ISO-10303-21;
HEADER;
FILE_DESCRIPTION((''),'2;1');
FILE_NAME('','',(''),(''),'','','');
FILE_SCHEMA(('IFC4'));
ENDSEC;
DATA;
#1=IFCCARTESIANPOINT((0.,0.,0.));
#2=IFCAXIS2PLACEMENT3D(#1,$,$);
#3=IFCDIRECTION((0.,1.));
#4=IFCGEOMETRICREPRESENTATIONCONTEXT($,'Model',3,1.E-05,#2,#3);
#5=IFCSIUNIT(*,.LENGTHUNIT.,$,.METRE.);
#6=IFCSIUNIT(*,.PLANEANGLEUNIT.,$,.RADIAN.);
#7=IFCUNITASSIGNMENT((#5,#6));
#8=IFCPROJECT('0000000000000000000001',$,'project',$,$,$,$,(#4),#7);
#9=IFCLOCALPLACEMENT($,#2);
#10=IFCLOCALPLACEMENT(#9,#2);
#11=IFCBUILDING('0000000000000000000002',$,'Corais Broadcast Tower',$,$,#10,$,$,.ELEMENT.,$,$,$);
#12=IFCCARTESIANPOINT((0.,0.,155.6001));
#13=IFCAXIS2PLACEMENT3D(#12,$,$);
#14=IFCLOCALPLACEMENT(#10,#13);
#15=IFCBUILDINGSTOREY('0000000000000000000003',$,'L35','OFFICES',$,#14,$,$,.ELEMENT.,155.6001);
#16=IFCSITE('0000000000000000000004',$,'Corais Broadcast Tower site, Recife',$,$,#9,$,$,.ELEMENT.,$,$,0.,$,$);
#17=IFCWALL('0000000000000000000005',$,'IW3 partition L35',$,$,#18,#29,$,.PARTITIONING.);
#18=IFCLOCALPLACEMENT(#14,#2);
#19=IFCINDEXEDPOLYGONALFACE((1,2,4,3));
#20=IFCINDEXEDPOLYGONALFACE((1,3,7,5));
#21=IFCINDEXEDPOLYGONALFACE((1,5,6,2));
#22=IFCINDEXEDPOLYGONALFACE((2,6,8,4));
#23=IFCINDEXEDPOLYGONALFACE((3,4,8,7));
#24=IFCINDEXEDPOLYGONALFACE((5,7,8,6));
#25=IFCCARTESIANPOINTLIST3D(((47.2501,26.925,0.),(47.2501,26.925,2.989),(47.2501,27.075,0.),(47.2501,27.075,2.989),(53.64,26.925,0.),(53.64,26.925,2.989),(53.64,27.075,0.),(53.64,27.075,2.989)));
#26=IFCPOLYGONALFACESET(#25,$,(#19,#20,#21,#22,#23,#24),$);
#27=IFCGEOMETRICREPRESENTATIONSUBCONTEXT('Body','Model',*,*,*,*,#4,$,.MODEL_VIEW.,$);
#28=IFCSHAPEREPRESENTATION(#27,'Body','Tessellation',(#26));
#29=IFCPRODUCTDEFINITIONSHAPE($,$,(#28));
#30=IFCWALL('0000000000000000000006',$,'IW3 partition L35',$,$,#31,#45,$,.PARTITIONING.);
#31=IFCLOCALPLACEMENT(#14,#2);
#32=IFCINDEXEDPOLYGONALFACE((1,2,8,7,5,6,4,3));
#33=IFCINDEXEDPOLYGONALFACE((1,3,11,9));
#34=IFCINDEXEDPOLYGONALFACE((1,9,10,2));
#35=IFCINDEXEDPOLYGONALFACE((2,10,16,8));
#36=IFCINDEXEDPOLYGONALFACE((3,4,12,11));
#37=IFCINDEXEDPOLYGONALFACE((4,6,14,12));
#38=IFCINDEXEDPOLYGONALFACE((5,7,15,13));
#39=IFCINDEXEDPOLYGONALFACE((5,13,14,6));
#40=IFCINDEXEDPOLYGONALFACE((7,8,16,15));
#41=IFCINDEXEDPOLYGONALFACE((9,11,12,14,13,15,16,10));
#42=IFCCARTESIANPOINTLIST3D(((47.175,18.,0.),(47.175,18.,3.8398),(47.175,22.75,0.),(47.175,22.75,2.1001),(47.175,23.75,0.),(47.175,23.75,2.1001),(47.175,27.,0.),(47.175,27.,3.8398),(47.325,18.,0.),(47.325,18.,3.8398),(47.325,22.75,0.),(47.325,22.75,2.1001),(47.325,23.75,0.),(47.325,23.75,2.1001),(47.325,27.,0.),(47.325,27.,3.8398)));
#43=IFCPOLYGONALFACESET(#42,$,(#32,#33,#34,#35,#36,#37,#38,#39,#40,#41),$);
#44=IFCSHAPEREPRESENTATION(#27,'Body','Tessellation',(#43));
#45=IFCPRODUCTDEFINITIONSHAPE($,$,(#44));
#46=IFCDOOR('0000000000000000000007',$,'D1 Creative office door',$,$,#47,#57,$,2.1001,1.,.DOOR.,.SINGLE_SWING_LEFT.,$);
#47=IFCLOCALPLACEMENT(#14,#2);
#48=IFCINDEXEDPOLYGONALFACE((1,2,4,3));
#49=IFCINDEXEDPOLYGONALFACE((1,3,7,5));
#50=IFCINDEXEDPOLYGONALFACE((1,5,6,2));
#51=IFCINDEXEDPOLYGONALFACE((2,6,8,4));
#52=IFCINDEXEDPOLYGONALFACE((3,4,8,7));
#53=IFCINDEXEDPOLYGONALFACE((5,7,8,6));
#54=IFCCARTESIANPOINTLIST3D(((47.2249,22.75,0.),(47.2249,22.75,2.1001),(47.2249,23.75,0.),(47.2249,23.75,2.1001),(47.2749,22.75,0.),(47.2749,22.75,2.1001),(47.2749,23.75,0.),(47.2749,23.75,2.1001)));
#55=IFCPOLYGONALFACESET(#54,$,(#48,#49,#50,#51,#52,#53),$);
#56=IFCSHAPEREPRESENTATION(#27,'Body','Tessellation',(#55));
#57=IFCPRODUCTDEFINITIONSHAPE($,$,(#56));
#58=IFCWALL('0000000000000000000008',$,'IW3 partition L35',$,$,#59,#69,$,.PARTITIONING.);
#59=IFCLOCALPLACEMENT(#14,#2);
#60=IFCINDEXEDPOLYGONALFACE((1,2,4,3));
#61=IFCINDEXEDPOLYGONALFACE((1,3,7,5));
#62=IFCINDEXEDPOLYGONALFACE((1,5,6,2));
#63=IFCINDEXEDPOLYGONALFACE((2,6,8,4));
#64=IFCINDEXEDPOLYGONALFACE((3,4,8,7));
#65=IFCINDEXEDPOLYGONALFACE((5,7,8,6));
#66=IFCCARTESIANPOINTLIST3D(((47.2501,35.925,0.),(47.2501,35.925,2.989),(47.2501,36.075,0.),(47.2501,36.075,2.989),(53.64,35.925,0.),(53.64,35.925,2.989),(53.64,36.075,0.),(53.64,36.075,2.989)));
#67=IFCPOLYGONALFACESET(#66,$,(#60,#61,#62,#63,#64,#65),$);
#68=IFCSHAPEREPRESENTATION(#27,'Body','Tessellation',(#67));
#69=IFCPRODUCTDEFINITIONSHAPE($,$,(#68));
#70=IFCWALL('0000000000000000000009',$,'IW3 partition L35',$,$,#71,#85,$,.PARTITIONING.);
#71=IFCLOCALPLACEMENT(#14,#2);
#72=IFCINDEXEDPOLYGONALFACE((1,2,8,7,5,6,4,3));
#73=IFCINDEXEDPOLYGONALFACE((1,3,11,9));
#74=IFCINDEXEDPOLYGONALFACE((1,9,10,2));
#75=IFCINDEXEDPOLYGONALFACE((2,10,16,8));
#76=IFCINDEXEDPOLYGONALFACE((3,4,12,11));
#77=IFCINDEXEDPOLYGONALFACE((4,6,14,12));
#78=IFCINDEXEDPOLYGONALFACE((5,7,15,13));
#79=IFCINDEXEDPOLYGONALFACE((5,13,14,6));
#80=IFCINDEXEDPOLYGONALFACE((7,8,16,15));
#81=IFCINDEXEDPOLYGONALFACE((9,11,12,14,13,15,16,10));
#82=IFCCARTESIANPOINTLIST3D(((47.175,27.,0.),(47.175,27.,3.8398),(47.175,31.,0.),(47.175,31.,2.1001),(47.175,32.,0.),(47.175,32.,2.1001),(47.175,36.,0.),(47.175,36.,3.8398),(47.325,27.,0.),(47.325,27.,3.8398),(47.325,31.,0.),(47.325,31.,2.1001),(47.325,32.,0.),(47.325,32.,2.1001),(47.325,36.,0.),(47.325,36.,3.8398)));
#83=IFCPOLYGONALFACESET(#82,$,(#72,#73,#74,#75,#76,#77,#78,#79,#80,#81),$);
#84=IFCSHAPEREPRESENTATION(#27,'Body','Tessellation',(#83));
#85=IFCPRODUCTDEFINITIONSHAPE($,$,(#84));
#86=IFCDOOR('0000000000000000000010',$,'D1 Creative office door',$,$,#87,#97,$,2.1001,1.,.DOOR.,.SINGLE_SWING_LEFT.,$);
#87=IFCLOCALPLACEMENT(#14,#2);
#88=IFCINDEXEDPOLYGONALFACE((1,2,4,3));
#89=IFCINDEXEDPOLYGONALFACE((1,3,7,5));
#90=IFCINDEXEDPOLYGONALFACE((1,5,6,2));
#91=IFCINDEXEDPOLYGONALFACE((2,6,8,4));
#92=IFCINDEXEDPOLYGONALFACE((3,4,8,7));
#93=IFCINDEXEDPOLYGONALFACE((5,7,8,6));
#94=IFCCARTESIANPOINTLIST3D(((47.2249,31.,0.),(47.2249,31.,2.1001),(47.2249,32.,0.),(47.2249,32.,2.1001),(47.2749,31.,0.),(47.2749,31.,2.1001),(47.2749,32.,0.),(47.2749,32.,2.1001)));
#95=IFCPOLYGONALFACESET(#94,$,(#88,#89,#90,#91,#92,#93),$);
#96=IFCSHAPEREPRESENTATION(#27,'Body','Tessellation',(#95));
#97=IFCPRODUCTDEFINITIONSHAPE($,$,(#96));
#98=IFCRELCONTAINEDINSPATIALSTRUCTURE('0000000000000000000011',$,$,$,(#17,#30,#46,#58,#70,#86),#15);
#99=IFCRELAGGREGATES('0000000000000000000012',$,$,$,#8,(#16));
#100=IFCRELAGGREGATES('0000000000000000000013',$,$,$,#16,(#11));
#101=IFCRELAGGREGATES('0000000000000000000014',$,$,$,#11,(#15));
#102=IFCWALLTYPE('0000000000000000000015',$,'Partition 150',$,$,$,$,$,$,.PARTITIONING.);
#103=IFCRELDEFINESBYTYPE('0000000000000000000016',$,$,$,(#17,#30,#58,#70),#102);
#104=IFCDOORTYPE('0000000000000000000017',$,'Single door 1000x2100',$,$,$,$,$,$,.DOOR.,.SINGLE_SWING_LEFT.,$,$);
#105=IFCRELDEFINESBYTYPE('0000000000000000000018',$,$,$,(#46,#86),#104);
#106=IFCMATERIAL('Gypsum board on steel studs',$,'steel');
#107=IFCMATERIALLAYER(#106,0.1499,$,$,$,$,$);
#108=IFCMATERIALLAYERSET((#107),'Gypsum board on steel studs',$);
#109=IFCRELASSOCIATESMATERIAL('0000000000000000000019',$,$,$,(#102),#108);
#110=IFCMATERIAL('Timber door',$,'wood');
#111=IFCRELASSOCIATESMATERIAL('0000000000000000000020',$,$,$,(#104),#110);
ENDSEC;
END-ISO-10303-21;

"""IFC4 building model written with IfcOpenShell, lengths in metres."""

from ifc_helpers import new_model, si_unit, direction, frame, frame_2d, origin, place, context, subcontext, project, spatial, rectangle, extrude, material, layer, layer_set, type_object, element, fill, save


model = new_model("IFC4")

# Units and contexts
model_context = context("Model", 3, precision=1e-05, world=origin(), true_north=direction((0.0, 1.0)))
body_context = subcontext(model_context, "Body", "Model", "MODEL_VIEW")
ifc_project = project(units=[si_unit("LENGTHUNIT", "METRE"), si_unit("PLANEANGLEUNIT", "RADIAN")], contexts=[model_context])

# Site, building, storey
site_placement = place(None, origin())
site = spatial("IfcSite", under=ifc_project, at=site_placement, Name="Corais Broadcast Tower site, Recife", CompositionType="ELEMENT", RefElevation=0.0)
building_placement = place(site_placement, origin())
building = spatial("IfcBuilding", under=site, at=building_placement, Name="Corais Broadcast Tower", CompositionType="ELEMENT")
storey_placement = place(building_placement, frame((0.0, 0.0, 155.6001)))
storey = spatial("IfcBuildingStorey", under=building, at=storey_placement, Name="L35", Description="OFFICES", CompositionType="ELEMENT", Elevation=155.6001)

# Wall
ifc_material_1 = material(Name="Gypsum board on steel studs", Category="steel")
ifc_layer_1 = layer(ifc_material_1, 0.1499)
ifc_layer_set_1 = layer_set([ifc_layer_1], Name="Gypsum board on steel studs")
wall_type = type_object("IfcWallType", Name="Partition 150", PredefinedType="PARTITIONING", material=ifc_layer_set_1)
wall_1_placement = place(storey_placement, frame((53.6399, 27.0, 0.0), z_axis=(0.0, 0.0, 1.0), x_axis=(-1.0, 0.0, 0.0)))
element("IfcWall", 1, at=wall_1_placement, inside=storey, type_object=wall_type, Name="IW3 partition L35", PredefinedType="PARTITIONING", context=body_context, shape_type="SweptSolid", body=[
    extrude(rectangle(XDim=6.3899, YDim=0.1499, at=frame_2d((3.1948, 0.0))), origin(), (0.0, 0.0, 1.0), 2.989),
])

# Wall, opening, door
wall_2_placement = place(storey_placement, frame((47.25, 27.0, 0.0), z_axis=(0.0, 0.0, 1.0), x_axis=(0.0, -1.0, 0.0)))
wall_2 = element("IfcWall", 2, at=wall_2_placement, inside=storey, type_object=wall_type, Name="IW3 partition L35", PredefinedType="PARTITIONING", context=body_context, shape_type="SweptSolid", body=[
    extrude(rectangle(XDim=9.0, YDim=0.1499, at=frame_2d((4.5, 0.0))), origin(), (0.0, 0.0, 1.0), 3.8398),
])
opening_1_placement = place(wall_2_placement, frame((3.25, 0.0, 0.0)))
opening_1 = element("IfcOpeningElement", 3, at=opening_1_placement, cuts=wall_2, PredefinedType="OPENING", context=body_context, shape_type="SweptSolid", body=[
    extrude(rectangle(XDim=1.0, YDim=2.1001, at=frame_2d((0.5, 1.05))), frame((0.0, 0.085, 0.0), z_axis=(0.0, -1.0, 0.0), x_axis=(1.0, 0.0, 0.0)), (0.0, 0.0, 1.0), 0.1699),
])
ifc_material_2 = material(Name="Timber door", Category="wood")
door_type = type_object("IfcDoorType", Name="Single door 1000x2100", OperationType="SINGLE_SWING_LEFT", PredefinedType="DOOR", material=ifc_material_2)
door_1_placement = place(opening_1_placement, origin())
door_1 = element("IfcDoor", 4, at=door_1_placement, inside=storey, type_object=door_type, Name="D1 Creative office door", OperationType="SINGLE_SWING_LEFT", OverallHeight=2.1001, OverallWidth=1.0, PredefinedType="DOOR", context=body_context, shape_type="SweptSolid", body=[
    extrude(rectangle(XDim=1.0, YDim=2.1001, at=frame_2d((0.5, 1.05))), frame((0.0, 0.0249, 0.0), z_axis=(0.0, -1.0, 0.0), x_axis=(1.0, 0.0, 0.0)), (0.0, 0.0, 1.0), 0.05),
])
fill(opening_1, door_1)

# Wall
wall_3_placement = place(storey_placement, frame((53.6399, 36.0, 0.0), z_axis=(0.0, 0.0, 1.0), x_axis=(-1.0, 0.0, 0.0)))
element("IfcWall", 5, at=wall_3_placement, inside=storey, type_object=wall_type, Name="IW3 partition L35", PredefinedType="PARTITIONING", context=body_context, shape_type="SweptSolid", body=[
    extrude(rectangle(XDim=6.3899, YDim=0.1499, at=frame_2d((3.1948, 0.0))), origin(), (0.0, 0.0, 1.0), 2.989),
])

# Wall, opening, door
wall_4_placement = place(storey_placement, frame((47.25, 36.0, 0.0), z_axis=(0.0, 0.0, 1.0), x_axis=(0.0, -1.0, 0.0)))
wall_4 = element("IfcWall", 6, at=wall_4_placement, inside=storey, type_object=wall_type, Name="IW3 partition L35", PredefinedType="PARTITIONING", context=body_context, shape_type="SweptSolid", body=[
    extrude(rectangle(XDim=9.0, YDim=0.1499, at=frame_2d((4.5, 0.0))), origin(), (0.0, 0.0, 1.0), 3.8398),
])
opening_2_placement = place(wall_4_placement, frame((4.0, 0.0, 0.0)))
opening_2 = element("IfcOpeningElement", 7, at=opening_2_placement, cuts=wall_4, PredefinedType="OPENING", context=body_context, shape_type="SweptSolid", body=[
    extrude(rectangle(XDim=1.0, YDim=2.1001, at=frame_2d((0.5, 1.05))), frame((0.0, 0.085, 0.0), z_axis=(0.0, -1.0, 0.0), x_axis=(1.0, 0.0, 0.0)), (0.0, 0.0, 1.0), 0.1699),
])
door_2_placement = place(opening_2_placement, origin())
door_2 = element("IfcDoor", 8, at=door_2_placement, inside=storey, type_object=door_type, Name="D1 Creative office door", OperationType="SINGLE_SWING_LEFT", OverallHeight=2.1001, OverallWidth=1.0, PredefinedType="DOOR", context=body_context, shape_type="SweptSolid", body=[
    extrude(rectangle(XDim=1.0, YDim=2.1001, at=frame_2d((0.5, 1.05))), frame((0.0, 0.0249, 0.0), z_axis=(0.0, -1.0, 0.0), x_axis=(1.0, 0.0, 0.0)), (0.0, 0.0, 1.0), 0.05),
])
fill(opening_2, door_2)

save(model, "model.ifc")
